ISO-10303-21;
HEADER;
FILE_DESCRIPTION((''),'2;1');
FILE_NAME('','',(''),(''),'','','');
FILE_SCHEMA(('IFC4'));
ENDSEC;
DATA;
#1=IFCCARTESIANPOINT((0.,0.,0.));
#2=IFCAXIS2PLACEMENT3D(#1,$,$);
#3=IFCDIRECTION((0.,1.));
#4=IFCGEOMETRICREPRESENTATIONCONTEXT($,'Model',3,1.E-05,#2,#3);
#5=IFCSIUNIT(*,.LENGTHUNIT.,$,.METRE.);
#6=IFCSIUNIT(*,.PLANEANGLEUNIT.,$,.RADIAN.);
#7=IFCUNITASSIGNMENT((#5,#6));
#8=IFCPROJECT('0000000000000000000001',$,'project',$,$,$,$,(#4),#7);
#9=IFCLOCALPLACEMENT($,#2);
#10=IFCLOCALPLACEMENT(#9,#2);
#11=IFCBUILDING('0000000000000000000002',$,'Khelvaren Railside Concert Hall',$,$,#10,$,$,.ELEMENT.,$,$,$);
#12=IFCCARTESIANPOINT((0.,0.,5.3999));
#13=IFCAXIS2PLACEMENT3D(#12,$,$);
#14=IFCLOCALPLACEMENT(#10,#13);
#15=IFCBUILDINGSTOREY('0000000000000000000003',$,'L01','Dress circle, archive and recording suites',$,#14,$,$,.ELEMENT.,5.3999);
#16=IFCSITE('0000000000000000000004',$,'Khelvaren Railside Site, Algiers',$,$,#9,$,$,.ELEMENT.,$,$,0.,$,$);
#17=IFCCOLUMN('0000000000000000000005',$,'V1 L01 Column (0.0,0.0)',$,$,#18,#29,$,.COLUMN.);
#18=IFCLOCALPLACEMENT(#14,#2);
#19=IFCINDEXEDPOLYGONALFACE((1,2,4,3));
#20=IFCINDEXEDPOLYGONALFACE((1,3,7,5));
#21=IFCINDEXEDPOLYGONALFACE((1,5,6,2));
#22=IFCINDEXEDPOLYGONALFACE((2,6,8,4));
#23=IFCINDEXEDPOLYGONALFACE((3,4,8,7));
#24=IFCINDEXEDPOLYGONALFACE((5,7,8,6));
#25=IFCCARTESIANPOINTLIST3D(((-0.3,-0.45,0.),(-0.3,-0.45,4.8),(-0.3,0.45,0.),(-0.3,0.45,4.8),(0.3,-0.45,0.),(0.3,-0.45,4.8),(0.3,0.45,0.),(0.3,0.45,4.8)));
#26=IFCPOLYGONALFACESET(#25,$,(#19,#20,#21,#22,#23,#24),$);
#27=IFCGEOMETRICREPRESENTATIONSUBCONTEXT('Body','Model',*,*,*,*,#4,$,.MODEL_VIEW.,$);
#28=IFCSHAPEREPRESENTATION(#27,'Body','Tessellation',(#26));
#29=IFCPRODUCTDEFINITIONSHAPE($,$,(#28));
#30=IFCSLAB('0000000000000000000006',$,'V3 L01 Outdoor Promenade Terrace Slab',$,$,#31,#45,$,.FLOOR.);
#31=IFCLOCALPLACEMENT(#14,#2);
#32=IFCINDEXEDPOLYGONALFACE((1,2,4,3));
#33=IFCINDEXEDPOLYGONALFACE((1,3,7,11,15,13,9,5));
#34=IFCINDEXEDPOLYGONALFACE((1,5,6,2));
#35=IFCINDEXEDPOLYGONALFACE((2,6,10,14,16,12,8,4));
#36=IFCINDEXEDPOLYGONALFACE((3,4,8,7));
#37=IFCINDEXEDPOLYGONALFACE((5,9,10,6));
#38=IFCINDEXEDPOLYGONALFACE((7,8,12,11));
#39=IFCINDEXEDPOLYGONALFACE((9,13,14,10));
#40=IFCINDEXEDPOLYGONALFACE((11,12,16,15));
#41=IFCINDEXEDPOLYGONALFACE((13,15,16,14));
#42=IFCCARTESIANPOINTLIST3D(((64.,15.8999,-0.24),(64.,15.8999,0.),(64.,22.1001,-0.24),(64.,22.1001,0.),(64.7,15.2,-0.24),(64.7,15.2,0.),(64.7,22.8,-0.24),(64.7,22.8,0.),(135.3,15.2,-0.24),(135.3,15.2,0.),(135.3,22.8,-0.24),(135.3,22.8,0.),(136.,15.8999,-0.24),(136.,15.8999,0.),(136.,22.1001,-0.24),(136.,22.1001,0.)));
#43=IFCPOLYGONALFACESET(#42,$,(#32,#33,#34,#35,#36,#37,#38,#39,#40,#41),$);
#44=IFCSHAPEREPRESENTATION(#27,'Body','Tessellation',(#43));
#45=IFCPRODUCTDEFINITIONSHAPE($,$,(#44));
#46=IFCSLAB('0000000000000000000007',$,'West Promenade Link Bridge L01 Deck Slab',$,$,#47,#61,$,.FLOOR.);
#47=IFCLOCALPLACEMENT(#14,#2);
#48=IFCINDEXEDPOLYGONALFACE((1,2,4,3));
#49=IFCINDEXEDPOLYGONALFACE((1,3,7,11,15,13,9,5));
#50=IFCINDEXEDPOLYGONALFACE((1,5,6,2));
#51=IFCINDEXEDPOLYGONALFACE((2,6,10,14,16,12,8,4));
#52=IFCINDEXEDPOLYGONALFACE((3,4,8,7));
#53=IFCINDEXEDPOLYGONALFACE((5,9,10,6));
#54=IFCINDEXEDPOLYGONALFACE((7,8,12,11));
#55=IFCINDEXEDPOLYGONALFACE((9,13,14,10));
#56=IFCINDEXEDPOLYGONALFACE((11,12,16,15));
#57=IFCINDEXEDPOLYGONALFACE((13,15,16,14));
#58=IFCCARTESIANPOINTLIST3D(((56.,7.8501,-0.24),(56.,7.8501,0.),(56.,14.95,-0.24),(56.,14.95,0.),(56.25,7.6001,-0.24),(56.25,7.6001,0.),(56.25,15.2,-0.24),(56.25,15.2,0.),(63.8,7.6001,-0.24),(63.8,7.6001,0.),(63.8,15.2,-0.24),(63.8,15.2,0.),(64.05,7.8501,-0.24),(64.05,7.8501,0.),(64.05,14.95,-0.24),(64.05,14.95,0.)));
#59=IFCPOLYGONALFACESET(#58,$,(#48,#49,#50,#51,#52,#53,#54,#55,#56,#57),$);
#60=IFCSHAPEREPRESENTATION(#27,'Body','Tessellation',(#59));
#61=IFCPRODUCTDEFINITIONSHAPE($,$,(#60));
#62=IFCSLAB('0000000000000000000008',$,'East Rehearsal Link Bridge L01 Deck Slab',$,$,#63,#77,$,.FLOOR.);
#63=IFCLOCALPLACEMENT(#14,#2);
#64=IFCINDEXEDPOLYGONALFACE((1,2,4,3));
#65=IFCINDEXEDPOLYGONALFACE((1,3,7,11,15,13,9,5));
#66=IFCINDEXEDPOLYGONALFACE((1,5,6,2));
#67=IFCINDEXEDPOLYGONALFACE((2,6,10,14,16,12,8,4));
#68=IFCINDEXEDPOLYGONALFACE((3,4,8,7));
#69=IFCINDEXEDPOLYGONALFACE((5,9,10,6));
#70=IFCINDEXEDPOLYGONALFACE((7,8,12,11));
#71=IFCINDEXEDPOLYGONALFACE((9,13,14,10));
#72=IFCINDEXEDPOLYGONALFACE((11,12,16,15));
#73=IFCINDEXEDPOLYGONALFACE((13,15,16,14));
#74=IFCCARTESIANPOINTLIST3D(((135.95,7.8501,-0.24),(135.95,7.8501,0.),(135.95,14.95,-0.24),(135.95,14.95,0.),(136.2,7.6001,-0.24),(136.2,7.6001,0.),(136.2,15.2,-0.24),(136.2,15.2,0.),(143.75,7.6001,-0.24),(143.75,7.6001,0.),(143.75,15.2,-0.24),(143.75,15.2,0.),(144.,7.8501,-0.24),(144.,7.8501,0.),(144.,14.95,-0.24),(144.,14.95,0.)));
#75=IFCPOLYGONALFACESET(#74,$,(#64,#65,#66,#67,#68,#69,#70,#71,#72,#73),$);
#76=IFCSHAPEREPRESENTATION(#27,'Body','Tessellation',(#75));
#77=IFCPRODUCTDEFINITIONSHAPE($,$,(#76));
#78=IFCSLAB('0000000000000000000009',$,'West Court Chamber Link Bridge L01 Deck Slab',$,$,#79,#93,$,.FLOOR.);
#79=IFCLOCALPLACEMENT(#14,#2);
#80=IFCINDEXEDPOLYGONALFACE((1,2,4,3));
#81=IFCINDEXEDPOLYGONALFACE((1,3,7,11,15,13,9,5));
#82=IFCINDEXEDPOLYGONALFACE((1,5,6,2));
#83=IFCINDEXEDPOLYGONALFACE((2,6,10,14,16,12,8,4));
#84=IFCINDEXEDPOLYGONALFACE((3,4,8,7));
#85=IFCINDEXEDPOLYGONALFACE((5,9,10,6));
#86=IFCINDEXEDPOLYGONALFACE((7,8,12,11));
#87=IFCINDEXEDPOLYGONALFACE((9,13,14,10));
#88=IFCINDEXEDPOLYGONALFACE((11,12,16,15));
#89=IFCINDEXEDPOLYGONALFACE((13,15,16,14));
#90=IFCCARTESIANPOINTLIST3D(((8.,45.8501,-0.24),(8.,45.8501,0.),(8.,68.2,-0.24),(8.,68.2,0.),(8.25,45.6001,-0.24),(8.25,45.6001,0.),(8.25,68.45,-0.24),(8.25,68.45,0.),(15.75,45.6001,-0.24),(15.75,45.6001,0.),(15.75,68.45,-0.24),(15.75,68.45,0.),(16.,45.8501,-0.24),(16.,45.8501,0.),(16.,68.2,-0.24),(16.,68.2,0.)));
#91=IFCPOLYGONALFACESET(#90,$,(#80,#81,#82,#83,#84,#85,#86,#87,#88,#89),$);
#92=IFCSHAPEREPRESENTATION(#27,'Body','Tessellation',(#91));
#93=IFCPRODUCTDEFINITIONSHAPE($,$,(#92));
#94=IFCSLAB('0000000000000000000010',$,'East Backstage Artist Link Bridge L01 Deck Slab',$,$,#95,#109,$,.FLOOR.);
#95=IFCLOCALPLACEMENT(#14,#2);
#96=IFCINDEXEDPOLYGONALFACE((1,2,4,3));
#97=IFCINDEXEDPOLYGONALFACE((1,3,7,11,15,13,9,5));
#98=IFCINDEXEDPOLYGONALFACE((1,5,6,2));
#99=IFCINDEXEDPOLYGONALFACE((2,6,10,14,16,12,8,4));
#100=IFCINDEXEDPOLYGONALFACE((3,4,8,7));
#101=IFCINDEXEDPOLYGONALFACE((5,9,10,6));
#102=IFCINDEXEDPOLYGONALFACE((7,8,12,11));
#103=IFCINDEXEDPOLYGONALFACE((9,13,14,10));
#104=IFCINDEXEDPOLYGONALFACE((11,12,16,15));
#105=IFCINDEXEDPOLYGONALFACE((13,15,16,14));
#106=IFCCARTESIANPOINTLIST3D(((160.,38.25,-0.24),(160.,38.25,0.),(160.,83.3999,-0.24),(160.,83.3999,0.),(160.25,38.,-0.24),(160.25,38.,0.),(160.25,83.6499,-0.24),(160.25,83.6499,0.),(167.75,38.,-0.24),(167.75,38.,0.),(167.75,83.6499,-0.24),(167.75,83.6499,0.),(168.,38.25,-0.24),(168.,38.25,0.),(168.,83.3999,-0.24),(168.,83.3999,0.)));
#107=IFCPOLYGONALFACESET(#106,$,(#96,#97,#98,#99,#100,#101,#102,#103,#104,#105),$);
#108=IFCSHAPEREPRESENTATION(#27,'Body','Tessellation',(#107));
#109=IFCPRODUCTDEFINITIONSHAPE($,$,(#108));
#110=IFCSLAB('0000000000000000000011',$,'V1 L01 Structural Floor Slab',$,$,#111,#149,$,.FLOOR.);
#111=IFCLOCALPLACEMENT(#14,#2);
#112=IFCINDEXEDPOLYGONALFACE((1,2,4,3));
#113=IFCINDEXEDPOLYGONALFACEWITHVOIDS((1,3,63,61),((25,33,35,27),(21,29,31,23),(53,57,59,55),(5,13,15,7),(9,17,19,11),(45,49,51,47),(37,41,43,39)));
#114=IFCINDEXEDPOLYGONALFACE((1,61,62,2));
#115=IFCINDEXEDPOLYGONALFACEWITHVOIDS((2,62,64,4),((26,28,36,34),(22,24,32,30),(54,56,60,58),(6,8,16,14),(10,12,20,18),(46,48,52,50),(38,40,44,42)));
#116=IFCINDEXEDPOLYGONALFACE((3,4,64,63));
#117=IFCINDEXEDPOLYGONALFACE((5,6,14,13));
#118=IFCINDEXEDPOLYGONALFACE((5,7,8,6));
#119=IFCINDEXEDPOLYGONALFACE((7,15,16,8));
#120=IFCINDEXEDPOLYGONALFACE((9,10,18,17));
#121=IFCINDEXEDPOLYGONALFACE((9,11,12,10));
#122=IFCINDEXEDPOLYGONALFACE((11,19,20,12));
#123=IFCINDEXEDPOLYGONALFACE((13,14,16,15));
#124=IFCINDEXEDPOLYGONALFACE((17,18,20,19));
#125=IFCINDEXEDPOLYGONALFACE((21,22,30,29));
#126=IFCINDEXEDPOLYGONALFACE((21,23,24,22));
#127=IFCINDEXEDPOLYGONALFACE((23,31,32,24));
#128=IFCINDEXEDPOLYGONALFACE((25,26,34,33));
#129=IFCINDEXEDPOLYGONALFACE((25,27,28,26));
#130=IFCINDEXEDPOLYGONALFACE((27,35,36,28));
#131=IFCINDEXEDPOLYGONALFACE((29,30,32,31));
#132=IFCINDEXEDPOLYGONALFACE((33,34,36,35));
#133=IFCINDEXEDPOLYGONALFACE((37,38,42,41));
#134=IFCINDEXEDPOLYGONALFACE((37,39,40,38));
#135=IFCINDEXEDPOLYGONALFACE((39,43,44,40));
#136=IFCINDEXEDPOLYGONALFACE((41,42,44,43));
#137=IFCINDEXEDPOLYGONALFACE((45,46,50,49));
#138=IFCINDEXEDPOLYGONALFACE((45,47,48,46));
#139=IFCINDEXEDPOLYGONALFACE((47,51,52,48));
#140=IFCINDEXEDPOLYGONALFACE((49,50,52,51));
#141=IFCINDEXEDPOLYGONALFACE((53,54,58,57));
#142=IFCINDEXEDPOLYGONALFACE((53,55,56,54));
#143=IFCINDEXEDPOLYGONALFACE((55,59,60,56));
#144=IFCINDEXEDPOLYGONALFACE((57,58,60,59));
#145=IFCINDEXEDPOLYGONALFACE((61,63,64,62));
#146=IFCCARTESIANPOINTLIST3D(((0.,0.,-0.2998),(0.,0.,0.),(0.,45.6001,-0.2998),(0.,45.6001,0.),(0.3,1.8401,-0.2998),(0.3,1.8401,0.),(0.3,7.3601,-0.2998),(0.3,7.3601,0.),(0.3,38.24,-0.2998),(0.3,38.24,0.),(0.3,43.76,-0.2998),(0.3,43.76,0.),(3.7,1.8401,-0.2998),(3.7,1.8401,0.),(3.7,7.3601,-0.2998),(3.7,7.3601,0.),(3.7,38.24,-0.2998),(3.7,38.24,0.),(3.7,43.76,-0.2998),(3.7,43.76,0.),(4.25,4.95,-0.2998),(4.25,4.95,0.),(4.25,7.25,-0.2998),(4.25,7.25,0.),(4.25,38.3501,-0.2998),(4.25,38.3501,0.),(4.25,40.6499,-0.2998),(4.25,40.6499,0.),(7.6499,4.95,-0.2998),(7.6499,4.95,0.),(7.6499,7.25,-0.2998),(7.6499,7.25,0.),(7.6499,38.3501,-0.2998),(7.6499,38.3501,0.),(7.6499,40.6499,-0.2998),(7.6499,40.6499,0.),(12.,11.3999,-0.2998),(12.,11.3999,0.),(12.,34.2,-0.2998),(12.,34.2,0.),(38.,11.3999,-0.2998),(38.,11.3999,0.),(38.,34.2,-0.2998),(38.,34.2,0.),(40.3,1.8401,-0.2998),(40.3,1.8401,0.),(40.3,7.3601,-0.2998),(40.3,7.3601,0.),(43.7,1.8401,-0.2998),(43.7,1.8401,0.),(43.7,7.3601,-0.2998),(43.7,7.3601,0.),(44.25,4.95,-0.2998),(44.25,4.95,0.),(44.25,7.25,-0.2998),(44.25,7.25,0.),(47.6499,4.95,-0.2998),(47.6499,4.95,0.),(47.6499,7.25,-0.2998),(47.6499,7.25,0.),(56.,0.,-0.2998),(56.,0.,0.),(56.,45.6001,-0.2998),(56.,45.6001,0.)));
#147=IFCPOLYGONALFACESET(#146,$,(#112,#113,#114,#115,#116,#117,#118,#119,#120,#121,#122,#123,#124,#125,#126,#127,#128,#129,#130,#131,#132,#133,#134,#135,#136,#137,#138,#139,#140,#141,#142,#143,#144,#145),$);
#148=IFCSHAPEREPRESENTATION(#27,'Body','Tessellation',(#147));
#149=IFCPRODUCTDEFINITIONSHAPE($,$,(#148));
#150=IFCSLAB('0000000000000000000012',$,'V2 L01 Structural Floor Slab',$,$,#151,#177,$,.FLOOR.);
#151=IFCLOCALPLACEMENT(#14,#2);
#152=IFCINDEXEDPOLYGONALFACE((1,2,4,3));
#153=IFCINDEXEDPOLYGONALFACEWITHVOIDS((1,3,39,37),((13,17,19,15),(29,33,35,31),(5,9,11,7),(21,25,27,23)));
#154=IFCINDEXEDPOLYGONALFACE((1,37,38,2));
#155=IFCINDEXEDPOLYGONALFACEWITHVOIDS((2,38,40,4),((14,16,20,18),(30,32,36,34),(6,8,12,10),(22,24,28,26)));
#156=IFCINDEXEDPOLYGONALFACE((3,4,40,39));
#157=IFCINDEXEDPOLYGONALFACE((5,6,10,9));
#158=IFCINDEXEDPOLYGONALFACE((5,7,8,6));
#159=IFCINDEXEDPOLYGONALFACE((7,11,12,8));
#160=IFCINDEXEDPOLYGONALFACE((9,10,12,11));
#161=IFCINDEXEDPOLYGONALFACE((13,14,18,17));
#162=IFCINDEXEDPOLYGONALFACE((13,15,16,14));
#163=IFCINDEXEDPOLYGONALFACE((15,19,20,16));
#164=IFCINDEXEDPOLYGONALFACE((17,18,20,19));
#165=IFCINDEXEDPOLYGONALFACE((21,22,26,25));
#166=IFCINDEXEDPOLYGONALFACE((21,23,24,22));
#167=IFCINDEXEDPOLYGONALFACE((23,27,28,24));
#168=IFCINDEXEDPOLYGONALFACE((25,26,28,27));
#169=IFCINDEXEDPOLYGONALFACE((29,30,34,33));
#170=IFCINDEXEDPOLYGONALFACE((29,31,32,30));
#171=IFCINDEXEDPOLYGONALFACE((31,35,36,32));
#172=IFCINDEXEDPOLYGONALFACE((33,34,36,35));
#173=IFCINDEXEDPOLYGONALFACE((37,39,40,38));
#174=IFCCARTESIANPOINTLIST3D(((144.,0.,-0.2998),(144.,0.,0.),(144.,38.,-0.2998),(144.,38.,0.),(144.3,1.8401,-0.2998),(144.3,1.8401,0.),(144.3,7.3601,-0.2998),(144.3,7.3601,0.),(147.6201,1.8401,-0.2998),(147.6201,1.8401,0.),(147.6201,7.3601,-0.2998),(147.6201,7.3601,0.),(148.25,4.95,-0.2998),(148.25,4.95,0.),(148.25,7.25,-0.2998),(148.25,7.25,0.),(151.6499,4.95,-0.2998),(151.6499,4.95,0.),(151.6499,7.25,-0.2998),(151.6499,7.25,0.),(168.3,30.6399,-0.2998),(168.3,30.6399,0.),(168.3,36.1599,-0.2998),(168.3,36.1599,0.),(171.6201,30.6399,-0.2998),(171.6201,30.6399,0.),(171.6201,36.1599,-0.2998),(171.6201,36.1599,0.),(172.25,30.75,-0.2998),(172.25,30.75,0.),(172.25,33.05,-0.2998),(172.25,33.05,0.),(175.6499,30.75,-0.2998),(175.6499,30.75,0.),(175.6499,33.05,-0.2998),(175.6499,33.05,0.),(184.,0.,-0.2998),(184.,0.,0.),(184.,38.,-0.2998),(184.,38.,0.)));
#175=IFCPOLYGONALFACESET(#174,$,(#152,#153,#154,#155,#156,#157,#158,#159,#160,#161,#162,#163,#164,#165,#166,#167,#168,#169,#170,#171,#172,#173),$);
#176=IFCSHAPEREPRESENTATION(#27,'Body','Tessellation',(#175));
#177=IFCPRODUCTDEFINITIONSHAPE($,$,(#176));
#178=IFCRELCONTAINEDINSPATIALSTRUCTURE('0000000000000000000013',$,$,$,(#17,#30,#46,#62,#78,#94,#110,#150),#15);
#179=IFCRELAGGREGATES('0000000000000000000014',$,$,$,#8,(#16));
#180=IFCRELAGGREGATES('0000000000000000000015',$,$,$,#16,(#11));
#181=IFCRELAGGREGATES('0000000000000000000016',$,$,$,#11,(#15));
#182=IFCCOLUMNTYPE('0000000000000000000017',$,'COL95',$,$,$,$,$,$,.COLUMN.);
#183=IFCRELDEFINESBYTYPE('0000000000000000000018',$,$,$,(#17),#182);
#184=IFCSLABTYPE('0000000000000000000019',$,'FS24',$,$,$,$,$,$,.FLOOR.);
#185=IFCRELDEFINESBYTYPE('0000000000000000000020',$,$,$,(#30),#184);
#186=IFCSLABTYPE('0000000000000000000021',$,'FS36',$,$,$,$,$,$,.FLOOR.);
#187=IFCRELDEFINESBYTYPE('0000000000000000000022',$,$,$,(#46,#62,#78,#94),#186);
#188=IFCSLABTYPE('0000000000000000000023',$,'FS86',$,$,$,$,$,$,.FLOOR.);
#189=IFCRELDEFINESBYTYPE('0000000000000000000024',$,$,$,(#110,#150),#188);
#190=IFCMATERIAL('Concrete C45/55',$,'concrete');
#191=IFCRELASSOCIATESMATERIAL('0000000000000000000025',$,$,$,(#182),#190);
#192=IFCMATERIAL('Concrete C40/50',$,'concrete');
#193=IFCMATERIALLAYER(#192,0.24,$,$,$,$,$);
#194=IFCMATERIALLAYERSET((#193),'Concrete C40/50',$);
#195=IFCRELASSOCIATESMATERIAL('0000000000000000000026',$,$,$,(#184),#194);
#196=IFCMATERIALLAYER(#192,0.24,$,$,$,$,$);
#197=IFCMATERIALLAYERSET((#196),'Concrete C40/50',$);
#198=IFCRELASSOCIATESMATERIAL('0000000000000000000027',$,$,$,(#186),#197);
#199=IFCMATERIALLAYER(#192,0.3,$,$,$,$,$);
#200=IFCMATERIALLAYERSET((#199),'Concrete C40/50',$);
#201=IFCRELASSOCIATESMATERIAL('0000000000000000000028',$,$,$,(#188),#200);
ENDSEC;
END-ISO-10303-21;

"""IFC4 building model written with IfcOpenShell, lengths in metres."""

from ifc_helpers import new_model, si_unit, direction, frame, origin, origin_with_axes, origin_2d, place, context, subcontext, project, spatial, polyline, rectangle, outline, extrude, material, layer, layer_set, material_profile, profile_set, type_object, element, save


model = new_model("IFC4")

# Units and contexts
model_context = context("Model", 3, precision=1e-05, world=origin(), true_north=direction((0.0, 1.0)))
body_context = subcontext(model_context, "Body", "Model", "MODEL_VIEW")
ifc_project = project(units=[si_unit("LENGTHUNIT", "METRE"), si_unit("PLANEANGLEUNIT", "RADIAN")], contexts=[model_context])

# Site, building, storey
site_placement = place(None, origin())
site = spatial("IfcSite", under=ifc_project, at=site_placement, Name="Khelvaren Railside Site, Algiers", CompositionType="ELEMENT", RefElevation=0.0)
building_placement = place(site_placement, origin())
building = spatial("IfcBuilding", under=site, at=building_placement, Name="Khelvaren Railside Concert Hall", CompositionType="ELEMENT")
storey_placement = place(building_placement, frame((0.0, 0.0, 5.3999)))
storey = spatial("IfcBuildingStorey", under=building, at=storey_placement, Name="L01", Description="Dress circle, archive and recording suites", CompositionType="ELEMENT", Elevation=5.3999)

# Column
ifc_material_1 = material(Name="Concrete C45/55", Category="concrete")
ifc_material_profile = material_profile(ifc_material_1, rectangle(XDim=0.6001, YDim=0.8999, at=origin_2d()), Name="RC 600x900")
ifc_profile_set = profile_set([ifc_material_profile], Name="Concrete C45/55")
column_type = type_object("IfcColumnType", Name="COL95", PredefinedType="COLUMN", material=ifc_profile_set)
column_placement = place(storey_placement, origin_with_axes())
element("IfcColumn", 1, at=column_placement, inside=storey, type_object=column_type, Name="V1 L01 Column (0.0,0.0)", PredefinedType="COLUMN", context=body_context, shape_type="SweptSolid", body=[
    extrude(rectangle(XDim=0.6001, YDim=0.8999, at=origin_2d()), origin(), (0.0, 0.0, 1.0), 4.8),
])

# Slabs
ifc_material_2 = material(Name="Concrete C40/50", Category="concrete")
ifc_layer_1 = layer(ifc_material_2, 0.24)
ifc_layer_set_1 = layer_set([ifc_layer_1], Name="Concrete C40/50")
slab_type_1 = type_object("IfcSlabType", Name="FS24", PredefinedType="FLOOR", material=ifc_layer_set_1)
slab_1_placement = place(storey_placement, frame((0.0, 0.0, -0.24)))
element("IfcSlab", 2, at=slab_1_placement, inside=storey, type_object=slab_type_1, Name="V3 L01 Outdoor Promenade Terrace Slab", PredefinedType="FLOOR", context=body_context, shape_type="SweptSolid", body=[
    extrude(outline(polyline([(64.7, 15.2), (135.3, 15.2), (136.0, 15.8999), (136.0, 22.1001), (135.3, 22.8), (64.7, 22.8), (64.0, 22.1001), (64.0, 15.8999), (64.7, 15.2)])), origin(), (0.0, 0.0, 1.0), 0.24),
])
ifc_layer_2 = layer(ifc_material_2, 0.24)
ifc_layer_set_2 = layer_set([ifc_layer_2], Name="Concrete C40/50")
slab_type_2 = type_object("IfcSlabType", Name="FS36", PredefinedType="FLOOR", material=ifc_layer_set_2)
slab_2_placement = place(storey_placement, frame((0.0, 0.0, -0.24)))
element("IfcSlab", 3, at=slab_2_placement, inside=storey, type_object=slab_type_2, Name="West Promenade Link Bridge L01 Deck Slab", PredefinedType="FLOOR", context=body_context, shape_type="SweptSolid", body=[
    extrude(outline(polyline([(56.25, 7.6001), (63.8, 7.6001), (64.05, 7.8501), (64.05, 14.95), (63.8, 15.2), (56.25, 15.2), (56.0, 14.95), (56.0, 7.8501), (56.25, 7.6001)])), origin(), (0.0, 0.0, 1.0), 0.24),
])
slab_3_placement = place(storey_placement, frame((0.0, 0.0, -0.24)))
element("IfcSlab", 4, at=slab_3_placement, inside=storey, type_object=slab_type_2, Name="East Rehearsal Link Bridge L01 Deck Slab", PredefinedType="FLOOR", context=body_context, shape_type="SweptSolid", body=[
    extrude(outline(polyline([(136.2, 7.6001), (143.75, 7.6001), (144.0, 7.8501), (144.0, 14.95), (143.75, 15.2), (136.2, 15.2), (135.95, 14.95), (135.95, 7.8501), (136.2, 7.6001)])), origin(), (0.0, 0.0, 1.0), 0.24),
])
slab_4_placement = place(storey_placement, frame((0.0, 0.0, -0.24)))
element("IfcSlab", 5, at=slab_4_placement, inside=storey, type_object=slab_type_2, Name="West Court Chamber Link Bridge L01 Deck Slab", PredefinedType="FLOOR", context=body_context, shape_type="SweptSolid", body=[
    extrude(outline(polyline([(8.25, 45.6001), (15.75, 45.6001), (16.0, 45.8501), (16.0, 68.2), (15.75, 68.45), (8.25, 68.45), (8.0, 68.2), (8.0, 45.8501), (8.25, 45.6001)])), origin(), (0.0, 0.0, 1.0), 0.24),
])
slab_5_placement = place(storey_placement, frame((0.0, 0.0, -0.24)))
element("IfcSlab", 6, at=slab_5_placement, inside=storey, type_object=slab_type_2, Name="East Backstage Artist Link Bridge L01 Deck Slab", PredefinedType="FLOOR", context=body_context, shape_type="SweptSolid", body=[
    extrude(outline(polyline([(160.25, 38.0), (167.75, 38.0), (168.0, 38.25), (168.0, 83.3999), (167.75, 83.6499), (160.25, 83.6499), (160.0, 83.3999), (160.0, 38.25), (160.25, 38.0)])), origin(), (0.0, 0.0, 1.0), 0.24),
])
ifc_layer_3 = layer(ifc_material_2, 0.3)
ifc_layer_set_3 = layer_set([ifc_layer_3], Name="Concrete C40/50")
slab_type_3 = type_object("IfcSlabType", Name="FS86", PredefinedType="FLOOR", material=ifc_layer_set_3)
slab_6_placement = place(storey_placement, frame((0.0, 0.0, -0.2998)))
element("IfcSlab", 7, at=slab_6_placement, inside=storey, type_object=slab_type_3, Name="V1 L01 Structural Floor Slab", PredefinedType="FLOOR", context=body_context, shape_type="SweptSolid", body=[
    extrude(outline(polyline([(0.0, 0.0), (56.0, 0.0), (56.0, 45.6001), (0.0, 45.6001), (0.0, 0.0)]), holes=[polyline([(3.7, 1.8401), (3.7, 7.3601), (0.3, 7.3601), (0.3, 1.8401), (3.7, 1.8401)]), polyline([(4.25, 4.95), (7.6499, 4.95), (7.6499, 7.25), (4.25, 7.25), (4.25, 4.95)]), polyline([(43.7, 1.8401), (43.7, 7.3601), (40.3, 7.3601), (40.3, 1.8401), (43.7, 1.8401)]), polyline([(44.25, 4.95), (47.6499, 4.95), (47.6499, 7.25), (44.25, 7.25), (44.25, 4.95)]), polyline([(0.3, 43.76), (0.3, 38.24), (3.7, 38.24), (3.7, 43.76), (0.3, 43.76)]), polyline([(4.25, 38.3501), (7.6499, 38.3501), (7.6499, 40.6499), (4.25, 40.6499), (4.25, 38.3501)]), polyline([(12.0, 11.3999), (38.0, 11.3999), (38.0, 34.2), (12.0, 34.2), (12.0, 11.3999)])]), origin(), (0.0, 0.0, 1.0), 0.2998),
])
slab_7_placement = place(storey_placement, frame((0.0, 0.0, -0.2998)))
element("IfcSlab", 8, at=slab_7_placement, inside=storey, type_object=slab_type_3, Name="V2 L01 Structural Floor Slab", PredefinedType="FLOOR", context=body_context, shape_type="SweptSolid", body=[
    extrude(outline(polyline([(144.0, 0.0), (184.0, 0.0), (184.0, 38.0), (144.0, 38.0), (144.0, 0.0)]), holes=[polyline([(147.6201, 1.8401), (147.6201, 7.3601), (144.3, 7.3601), (144.3, 1.8401), (147.6201, 1.8401)]), polyline([(148.25, 4.95), (151.6499, 4.95), (151.6499, 7.25), (148.25, 7.25), (148.25, 4.95)]), polyline([(168.3, 36.1599), (168.3, 30.6399), (171.6201, 30.6399), (171.6201, 36.1599), (168.3, 36.1599)]), polyline([(172.25, 30.75), (175.6499, 30.75), (175.6499, 33.05), (172.25, 33.05), (172.25, 30.75)])]), origin(), (0.0, 0.0, 1.0), 0.2998),
])

save(model, "model.ifc")
